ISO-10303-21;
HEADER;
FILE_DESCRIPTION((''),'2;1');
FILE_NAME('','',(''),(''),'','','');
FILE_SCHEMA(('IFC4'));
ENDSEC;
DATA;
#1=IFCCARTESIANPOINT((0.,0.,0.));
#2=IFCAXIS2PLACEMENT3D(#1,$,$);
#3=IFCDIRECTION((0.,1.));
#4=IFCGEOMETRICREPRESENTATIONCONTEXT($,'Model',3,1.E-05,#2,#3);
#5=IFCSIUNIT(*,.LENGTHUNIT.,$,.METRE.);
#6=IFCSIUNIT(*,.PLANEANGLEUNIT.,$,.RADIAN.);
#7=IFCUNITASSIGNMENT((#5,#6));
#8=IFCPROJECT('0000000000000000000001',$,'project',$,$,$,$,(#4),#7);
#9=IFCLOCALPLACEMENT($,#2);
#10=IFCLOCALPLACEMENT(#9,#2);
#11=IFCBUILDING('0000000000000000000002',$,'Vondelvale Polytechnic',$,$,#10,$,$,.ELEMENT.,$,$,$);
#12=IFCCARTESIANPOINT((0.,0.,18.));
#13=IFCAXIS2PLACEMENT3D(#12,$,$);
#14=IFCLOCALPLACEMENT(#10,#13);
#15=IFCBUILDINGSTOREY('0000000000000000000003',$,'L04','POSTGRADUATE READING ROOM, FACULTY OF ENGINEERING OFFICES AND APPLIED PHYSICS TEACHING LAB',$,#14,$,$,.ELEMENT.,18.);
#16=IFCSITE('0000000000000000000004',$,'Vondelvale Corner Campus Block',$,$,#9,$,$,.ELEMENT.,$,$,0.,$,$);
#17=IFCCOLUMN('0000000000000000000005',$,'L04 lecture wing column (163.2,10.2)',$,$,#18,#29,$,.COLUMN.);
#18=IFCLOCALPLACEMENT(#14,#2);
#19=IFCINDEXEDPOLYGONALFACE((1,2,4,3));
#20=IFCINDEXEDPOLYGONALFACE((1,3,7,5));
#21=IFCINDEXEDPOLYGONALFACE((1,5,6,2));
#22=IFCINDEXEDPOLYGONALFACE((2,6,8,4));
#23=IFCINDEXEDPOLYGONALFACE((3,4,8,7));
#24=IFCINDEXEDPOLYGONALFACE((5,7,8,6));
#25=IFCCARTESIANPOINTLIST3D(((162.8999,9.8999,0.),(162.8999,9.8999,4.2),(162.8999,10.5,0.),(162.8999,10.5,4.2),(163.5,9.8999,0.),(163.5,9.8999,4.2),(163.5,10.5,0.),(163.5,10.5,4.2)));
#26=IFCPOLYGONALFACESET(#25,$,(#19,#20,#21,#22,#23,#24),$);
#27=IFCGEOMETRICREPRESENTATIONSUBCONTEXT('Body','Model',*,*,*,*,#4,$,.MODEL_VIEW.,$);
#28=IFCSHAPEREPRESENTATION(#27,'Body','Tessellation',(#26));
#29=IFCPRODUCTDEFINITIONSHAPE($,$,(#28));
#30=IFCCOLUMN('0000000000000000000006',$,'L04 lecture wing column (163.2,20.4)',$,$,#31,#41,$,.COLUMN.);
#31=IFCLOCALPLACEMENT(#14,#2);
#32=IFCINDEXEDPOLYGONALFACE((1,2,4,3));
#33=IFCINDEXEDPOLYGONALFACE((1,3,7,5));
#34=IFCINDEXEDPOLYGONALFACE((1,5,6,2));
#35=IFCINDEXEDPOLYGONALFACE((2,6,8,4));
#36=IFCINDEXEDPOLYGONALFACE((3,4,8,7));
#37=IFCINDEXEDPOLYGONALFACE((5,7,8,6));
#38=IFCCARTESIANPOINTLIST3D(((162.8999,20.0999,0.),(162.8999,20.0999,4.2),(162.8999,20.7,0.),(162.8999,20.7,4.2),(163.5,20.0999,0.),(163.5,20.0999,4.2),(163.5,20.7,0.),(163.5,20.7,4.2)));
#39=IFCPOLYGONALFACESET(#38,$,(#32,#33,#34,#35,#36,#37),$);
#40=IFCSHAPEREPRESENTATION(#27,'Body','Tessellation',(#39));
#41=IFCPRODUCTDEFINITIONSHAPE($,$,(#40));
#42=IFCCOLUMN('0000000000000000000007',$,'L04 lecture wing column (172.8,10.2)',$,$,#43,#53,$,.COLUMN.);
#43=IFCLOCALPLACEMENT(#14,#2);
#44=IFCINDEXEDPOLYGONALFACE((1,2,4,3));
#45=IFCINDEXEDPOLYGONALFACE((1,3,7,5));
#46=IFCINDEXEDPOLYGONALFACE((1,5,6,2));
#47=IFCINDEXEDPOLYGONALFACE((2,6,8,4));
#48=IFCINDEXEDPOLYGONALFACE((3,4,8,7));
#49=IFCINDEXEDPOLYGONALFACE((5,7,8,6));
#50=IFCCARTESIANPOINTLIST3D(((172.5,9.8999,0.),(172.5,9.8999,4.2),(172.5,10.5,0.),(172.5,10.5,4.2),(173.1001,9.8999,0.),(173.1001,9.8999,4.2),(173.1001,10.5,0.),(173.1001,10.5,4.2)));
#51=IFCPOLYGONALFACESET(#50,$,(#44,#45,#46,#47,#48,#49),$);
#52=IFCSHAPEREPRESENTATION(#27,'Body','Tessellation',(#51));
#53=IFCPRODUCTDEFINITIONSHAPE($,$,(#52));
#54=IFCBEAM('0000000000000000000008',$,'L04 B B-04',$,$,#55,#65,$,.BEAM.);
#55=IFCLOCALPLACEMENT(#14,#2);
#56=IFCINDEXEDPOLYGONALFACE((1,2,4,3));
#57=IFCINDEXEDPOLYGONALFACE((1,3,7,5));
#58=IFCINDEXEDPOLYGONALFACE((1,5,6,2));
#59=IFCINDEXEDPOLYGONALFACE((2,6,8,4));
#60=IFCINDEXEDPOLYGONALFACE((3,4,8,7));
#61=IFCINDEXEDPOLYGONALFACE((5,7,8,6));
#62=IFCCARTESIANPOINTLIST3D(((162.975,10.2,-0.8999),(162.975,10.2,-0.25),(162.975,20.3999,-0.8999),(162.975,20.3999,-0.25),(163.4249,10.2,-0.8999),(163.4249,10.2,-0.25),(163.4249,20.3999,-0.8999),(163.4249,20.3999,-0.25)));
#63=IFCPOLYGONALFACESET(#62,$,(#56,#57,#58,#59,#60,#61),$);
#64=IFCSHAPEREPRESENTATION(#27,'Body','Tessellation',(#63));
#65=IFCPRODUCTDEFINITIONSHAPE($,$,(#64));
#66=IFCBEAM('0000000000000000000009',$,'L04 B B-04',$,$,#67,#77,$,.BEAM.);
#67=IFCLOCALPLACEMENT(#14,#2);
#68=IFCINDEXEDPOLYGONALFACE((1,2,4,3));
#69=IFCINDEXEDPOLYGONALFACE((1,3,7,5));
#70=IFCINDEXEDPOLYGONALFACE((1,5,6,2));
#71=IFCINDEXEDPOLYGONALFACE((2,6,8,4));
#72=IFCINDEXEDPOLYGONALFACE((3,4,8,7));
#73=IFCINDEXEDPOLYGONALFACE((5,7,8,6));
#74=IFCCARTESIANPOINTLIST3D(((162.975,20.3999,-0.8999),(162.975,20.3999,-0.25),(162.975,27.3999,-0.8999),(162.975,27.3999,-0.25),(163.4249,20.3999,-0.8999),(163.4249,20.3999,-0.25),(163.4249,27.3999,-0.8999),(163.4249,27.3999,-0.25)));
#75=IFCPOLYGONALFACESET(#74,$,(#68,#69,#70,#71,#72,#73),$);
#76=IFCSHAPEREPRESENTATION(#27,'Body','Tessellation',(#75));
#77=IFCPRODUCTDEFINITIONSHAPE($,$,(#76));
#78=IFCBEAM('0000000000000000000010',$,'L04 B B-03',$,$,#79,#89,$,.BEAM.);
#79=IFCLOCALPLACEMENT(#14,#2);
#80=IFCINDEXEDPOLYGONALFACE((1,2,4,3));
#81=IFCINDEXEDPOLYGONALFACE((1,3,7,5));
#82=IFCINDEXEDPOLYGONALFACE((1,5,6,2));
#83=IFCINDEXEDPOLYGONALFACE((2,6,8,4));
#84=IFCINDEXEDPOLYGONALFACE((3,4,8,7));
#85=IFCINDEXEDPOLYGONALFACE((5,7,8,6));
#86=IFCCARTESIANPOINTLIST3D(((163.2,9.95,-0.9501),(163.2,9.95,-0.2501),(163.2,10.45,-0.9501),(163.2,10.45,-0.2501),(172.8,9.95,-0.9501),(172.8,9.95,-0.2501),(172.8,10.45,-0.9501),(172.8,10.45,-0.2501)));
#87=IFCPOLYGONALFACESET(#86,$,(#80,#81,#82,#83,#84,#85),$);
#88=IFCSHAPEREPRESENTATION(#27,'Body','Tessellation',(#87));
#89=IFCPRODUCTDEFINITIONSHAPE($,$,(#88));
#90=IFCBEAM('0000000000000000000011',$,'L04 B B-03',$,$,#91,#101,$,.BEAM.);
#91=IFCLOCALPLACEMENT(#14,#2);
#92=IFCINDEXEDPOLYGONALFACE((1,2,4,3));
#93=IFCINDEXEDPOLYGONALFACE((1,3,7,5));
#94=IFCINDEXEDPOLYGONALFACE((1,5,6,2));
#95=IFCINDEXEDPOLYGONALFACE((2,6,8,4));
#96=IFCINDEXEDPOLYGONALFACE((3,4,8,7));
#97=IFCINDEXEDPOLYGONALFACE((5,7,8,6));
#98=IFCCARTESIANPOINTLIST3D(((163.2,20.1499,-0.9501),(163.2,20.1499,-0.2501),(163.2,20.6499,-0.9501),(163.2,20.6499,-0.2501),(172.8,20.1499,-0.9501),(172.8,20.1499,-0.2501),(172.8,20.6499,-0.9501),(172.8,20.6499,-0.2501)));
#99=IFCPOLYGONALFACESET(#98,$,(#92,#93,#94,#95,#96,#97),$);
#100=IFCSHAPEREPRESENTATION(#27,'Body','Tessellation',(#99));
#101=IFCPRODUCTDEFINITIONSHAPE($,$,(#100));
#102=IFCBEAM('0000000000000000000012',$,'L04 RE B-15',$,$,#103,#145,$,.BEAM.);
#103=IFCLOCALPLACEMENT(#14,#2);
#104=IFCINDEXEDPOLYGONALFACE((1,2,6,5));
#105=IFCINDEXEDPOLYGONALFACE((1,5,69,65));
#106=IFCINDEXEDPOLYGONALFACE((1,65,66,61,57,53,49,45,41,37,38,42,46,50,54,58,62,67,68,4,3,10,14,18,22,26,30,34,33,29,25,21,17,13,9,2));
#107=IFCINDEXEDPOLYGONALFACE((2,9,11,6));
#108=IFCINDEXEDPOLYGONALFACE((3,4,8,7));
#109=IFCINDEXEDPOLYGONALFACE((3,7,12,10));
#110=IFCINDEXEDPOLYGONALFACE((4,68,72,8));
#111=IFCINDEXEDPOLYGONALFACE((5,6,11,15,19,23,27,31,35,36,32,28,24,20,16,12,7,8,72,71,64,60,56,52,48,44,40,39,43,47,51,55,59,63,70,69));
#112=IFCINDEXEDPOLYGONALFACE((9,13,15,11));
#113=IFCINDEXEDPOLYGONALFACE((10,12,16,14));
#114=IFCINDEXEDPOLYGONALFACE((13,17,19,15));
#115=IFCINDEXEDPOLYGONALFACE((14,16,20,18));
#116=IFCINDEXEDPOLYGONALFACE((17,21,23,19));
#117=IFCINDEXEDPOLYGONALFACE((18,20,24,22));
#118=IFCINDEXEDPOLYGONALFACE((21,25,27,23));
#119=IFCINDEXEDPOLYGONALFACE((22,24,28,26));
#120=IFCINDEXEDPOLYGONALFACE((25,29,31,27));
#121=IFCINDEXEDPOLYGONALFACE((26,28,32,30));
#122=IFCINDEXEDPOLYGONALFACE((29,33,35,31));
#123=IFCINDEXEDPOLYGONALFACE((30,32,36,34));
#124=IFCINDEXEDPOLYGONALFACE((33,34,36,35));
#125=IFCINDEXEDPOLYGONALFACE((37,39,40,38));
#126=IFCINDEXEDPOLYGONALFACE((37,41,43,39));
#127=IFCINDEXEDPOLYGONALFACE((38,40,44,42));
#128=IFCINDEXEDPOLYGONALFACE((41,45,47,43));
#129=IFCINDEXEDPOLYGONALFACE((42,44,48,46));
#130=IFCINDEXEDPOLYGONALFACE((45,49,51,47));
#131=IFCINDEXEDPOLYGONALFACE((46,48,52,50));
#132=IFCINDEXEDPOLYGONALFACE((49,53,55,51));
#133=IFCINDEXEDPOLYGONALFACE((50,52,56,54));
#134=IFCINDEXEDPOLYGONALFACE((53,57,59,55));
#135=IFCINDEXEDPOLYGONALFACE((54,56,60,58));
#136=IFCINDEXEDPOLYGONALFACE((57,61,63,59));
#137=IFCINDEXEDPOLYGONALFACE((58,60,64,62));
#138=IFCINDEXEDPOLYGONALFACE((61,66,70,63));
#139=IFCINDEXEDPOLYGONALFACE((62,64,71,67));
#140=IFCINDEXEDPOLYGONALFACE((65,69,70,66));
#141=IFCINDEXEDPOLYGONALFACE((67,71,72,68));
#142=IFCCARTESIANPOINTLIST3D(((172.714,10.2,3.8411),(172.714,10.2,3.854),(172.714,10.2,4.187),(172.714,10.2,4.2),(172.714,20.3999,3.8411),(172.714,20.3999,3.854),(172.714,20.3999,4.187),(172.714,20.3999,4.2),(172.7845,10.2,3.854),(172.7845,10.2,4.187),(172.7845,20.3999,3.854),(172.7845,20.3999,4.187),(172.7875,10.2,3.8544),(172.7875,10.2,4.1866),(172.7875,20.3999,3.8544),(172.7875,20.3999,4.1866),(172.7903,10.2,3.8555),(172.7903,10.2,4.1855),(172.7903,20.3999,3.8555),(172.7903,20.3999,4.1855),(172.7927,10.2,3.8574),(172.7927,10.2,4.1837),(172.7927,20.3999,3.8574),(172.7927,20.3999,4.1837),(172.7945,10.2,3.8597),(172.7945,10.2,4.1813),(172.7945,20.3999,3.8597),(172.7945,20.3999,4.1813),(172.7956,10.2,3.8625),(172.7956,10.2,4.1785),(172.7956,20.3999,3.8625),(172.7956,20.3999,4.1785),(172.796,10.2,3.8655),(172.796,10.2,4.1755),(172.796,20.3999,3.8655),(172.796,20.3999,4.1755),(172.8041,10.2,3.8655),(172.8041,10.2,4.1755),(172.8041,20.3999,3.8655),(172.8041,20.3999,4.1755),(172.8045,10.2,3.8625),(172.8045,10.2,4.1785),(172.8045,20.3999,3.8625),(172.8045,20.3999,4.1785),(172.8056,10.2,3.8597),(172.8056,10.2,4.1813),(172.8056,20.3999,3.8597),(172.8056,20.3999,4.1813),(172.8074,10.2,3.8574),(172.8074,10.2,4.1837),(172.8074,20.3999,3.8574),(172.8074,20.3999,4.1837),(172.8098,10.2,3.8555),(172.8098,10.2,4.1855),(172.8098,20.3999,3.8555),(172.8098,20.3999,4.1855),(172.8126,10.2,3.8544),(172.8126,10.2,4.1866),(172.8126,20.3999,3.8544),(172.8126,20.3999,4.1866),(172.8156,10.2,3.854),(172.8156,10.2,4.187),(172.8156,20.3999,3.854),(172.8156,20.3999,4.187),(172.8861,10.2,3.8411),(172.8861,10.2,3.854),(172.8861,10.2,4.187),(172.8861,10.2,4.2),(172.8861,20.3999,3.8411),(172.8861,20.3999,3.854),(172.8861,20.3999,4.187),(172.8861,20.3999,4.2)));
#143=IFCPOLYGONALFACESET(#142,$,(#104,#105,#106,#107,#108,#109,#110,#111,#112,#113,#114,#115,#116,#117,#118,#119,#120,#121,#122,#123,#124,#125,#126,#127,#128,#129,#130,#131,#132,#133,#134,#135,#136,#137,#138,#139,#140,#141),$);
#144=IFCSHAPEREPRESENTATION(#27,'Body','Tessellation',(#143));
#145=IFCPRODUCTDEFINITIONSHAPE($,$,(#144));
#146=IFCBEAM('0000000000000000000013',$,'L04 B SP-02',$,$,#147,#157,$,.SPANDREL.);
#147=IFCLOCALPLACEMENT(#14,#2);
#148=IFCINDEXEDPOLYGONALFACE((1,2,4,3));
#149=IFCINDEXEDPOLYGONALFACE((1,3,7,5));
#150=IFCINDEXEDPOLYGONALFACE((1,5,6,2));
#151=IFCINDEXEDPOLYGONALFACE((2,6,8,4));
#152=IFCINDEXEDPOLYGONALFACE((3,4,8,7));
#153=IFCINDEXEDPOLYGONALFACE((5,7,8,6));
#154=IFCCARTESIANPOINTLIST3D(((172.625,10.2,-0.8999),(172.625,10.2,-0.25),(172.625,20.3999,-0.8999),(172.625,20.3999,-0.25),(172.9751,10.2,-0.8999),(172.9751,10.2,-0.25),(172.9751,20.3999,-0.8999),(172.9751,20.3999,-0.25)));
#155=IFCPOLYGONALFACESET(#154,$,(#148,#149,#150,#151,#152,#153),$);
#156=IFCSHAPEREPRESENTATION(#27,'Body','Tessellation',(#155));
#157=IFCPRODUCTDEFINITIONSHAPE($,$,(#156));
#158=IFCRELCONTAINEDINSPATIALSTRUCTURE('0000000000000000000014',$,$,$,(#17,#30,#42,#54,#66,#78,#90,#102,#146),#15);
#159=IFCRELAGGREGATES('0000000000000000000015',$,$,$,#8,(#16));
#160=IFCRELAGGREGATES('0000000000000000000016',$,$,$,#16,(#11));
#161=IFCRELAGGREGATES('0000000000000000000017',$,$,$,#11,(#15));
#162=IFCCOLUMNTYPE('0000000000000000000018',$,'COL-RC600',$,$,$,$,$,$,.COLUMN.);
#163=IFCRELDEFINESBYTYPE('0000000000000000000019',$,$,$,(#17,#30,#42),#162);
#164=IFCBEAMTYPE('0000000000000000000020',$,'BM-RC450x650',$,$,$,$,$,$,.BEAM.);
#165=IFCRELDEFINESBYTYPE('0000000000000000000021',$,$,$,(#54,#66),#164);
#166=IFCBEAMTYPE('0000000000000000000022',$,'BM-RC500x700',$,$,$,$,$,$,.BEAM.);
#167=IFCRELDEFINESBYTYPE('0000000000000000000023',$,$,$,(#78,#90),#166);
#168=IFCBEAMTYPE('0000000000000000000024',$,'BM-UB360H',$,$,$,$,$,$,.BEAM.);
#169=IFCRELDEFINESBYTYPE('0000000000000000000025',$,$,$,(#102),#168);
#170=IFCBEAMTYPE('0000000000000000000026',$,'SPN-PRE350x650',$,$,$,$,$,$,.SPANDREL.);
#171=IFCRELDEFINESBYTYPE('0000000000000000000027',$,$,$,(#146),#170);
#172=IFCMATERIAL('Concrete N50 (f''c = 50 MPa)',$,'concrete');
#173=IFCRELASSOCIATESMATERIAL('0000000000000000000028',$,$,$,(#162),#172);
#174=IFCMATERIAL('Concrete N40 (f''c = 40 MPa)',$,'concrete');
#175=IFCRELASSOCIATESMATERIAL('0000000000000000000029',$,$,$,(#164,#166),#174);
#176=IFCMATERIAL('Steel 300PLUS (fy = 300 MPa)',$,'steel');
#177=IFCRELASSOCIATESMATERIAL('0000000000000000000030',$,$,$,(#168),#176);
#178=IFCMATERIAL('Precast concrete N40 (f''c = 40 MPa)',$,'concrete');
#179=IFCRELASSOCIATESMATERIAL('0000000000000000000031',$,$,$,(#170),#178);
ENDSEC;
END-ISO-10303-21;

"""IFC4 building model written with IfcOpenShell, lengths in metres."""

from ifc_helpers import new_model, si_unit, direction, frame, origin, origin_2d, place, context, subcontext, project, spatial, rectangle, i_section, extrude, material, material_profile, profile_set, type_object, element, save


model = new_model("IFC4")

# Units and contexts
model_context = context("Model", 3, precision=1e-05, world=origin(), true_north=direction((0.0, 1.0)))
body_context = subcontext(model_context, "Body", "Model", "MODEL_VIEW")
ifc_project = project(units=[si_unit("LENGTHUNIT", "METRE"), si_unit("PLANEANGLEUNIT", "RADIAN")], contexts=[model_context])

# Site, building, storey
site_placement = place(None, origin())
site = spatial("IfcSite", under=ifc_project, at=site_placement, Name="Vondelvale Corner Campus Block", CompositionType="ELEMENT", RefElevation=0.0)
building_placement = place(site_placement, origin())
building = spatial("IfcBuilding", under=site, at=building_placement, Name="Vondelvale Polytechnic", CompositionType="ELEMENT")
storey_placement = place(building_placement, frame((0.0, 0.0, 18.0)))
storey = spatial("IfcBuildingStorey", under=building, at=storey_placement, Name="L04", Description="POSTGRADUATE READING ROOM, FACULTY OF ENGINEERING OFFICES AND APPLIED PHYSICS TEACHING LAB", CompositionType="ELEMENT", Elevation=18.0)

# Columns
ifc_material_1 = material(Name="Concrete N50 (f'c = 50 MPa)", Category="concrete")
ifc_material_profile_1 = material_profile(ifc_material_1, rectangle(XDim=0.6001, YDim=0.6001, at=origin_2d()), Name="RC-COL-600x600")
ifc_profile_set_1 = profile_set([ifc_material_profile_1], Name="Concrete N50 (f'c = 50 MPa)")
column_type = type_object("IfcColumnType", Name="COL-RC600", PredefinedType="COLUMN", material=ifc_profile_set_1)
for number, where, z_axis, x_axis, name in (
    (1, (163.2, 10.2, 0.0), (0.0, 0.0, 1.0), (1.0, 0.0, 0.0), "L04 lecture wing column (163.2,10.2)"),
    (2, (163.2, 20.3999, 0.0), (0.0, 0.0, 1.0), (1.0, 0.0, 0.0), "L04 lecture wing column (163.2,20.4)"),
    (3, (172.8, 10.2, 0.0), (0.0, 0.0, 1.0), (1.0, 0.0, 0.0), "L04 lecture wing column (172.8,10.2)"),
):
    element("IfcColumn", number, at=place(storey_placement, frame(where, z_axis=z_axis, x_axis=x_axis)), inside=storey, type_object=column_type, Name=name, PredefinedType="COLUMN", context=body_context, shape_type="SweptSolid", body=[
        extrude(rectangle(XDim=0.6001, YDim=0.6001, at=origin_2d()), origin(), (0.0, 0.0, 1.0), 4.2),
    ])

# Beams
ifc_material_2 = material(Name="Concrete N40 (f'c = 40 MPa)", Category="concrete")
ifc_material_profile_2 = material_profile(ifc_material_2, rectangle(XDim=0.45, YDim=0.6499, at=origin_2d()), Name="RC-BM-450x650")
ifc_profile_set_2 = profile_set([ifc_material_profile_2], Name="Concrete N40 (f'c = 40 MPa)")
beam_type_1 = type_object("IfcBeamType", Name="BM-RC450x650", PredefinedType="BEAM", material=ifc_profile_set_2)
beam_1_placement = place(storey_placement, frame((163.2, 10.2, -0.575), z_axis=(0.0, 1.0, 0.0), x_axis=(-1.0, 0.0, 0.0)))
element("IfcBeam", 4, at=beam_1_placement, inside=storey, type_object=beam_type_1, Name="L04 B B-04", PredefinedType="BEAM", context=body_context, shape_type="SweptSolid", body=[
    extrude(rectangle(XDim=0.45, YDim=0.6499, at=origin_2d()), origin(), (0.0, 0.0, 1.0), 10.2),
])
beam_2_placement = place(storey_placement, frame((163.2, 20.3999, -0.575), z_axis=(0.0, 1.0, 0.0), x_axis=(-1.0, 0.0, 0.0)))
element("IfcBeam", 5, at=beam_2_placement, inside=storey, type_object=beam_type_1, Name="L04 B B-04", PredefinedType="BEAM", context=body_context, shape_type="SweptSolid", body=[
    extrude(rectangle(XDim=0.45, YDim=0.6499, at=origin_2d()), origin(), (0.0, 0.0, 1.0), 7.0),
])
ifc_material_profile_3 = material_profile(ifc_material_2, rectangle(XDim=0.5, YDim=0.7, at=origin_2d()), Name="RC-BM-500x700")
ifc_profile_set_3 = profile_set([ifc_material_profile_3], Name="Concrete N40 (f'c = 40 MPa)")
beam_type_2 = type_object("IfcBeamType", Name="BM-RC500x700", PredefinedType="BEAM", material=ifc_profile_set_3)
for number, where, z_axis, x_axis, name in (
    (6, (163.2, 10.2, -0.6001), (1.0, 0.0, 0.0), (0.0, 1.0, 0.0), "L04 B B-03"),
    (7, (163.2, 20.3999, -0.6001), (1.0, 0.0, 0.0), (0.0, 1.0, 0.0), "L04 B B-03"),
):
    element("IfcBeam", number, at=place(storey_placement, frame(where, z_axis=z_axis, x_axis=x_axis)), inside=storey, type_object=beam_type_2, Name=name, PredefinedType="BEAM", context=body_context, shape_type="SweptSolid", body=[
        extrude(rectangle(XDim=0.5, YDim=0.7, at=origin_2d()), origin(), (0.0, 0.0, 1.0), 9.6001),
    ])
ifc_material_3 = material(Name="Steel 300PLUS (fy = 300 MPa)", Category="steel")
ifc_material_profile_4 = material_profile(ifc_material_3, i_section(OverallWidth=0.1721, OverallDepth=0.3589, WebThickness=0.0081, FlangeThickness=0.0129, FilletRadius=0.0115, at=origin_2d()), Name="360UB56.7")
ifc_profile_set_4 = profile_set([ifc_material_profile_4], Name="Steel 300PLUS (fy = 300 MPa)")
beam_type_3 = type_object("IfcBeamType", Name="BM-UB360H", PredefinedType="BEAM", material=ifc_profile_set_4)
beam_3_placement = place(storey_placement, frame((172.8, 10.2, 4.0205), z_axis=(0.0, 1.0, 0.0), x_axis=(-1.0, 0.0, 0.0)))
element("IfcBeam", 8, at=beam_3_placement, inside=storey, type_object=beam_type_3, Name="L04 RE B-15", PredefinedType="BEAM", context=body_context, shape_type="SweptSolid", body=[
    extrude(i_section(OverallWidth=0.1721, OverallDepth=0.3589, WebThickness=0.0081, FlangeThickness=0.0129, FilletRadius=0.0115, at=origin_2d()), origin(), (0.0, 0.0, 1.0), 10.2),
])
ifc_material_4 = material(Name="Precast concrete N40 (f'c = 40 MPa)", Category="concrete")
ifc_material_profile_5 = material_profile(ifc_material_4, rectangle(XDim=0.3501, YDim=0.6499, at=origin_2d()), Name="RC-SPN-350x650")
ifc_profile_set_5 = profile_set([ifc_material_profile_5], Name="Precast concrete N40 (f'c = 40 MPa)")
beam_type_4 = type_object("IfcBeamType", Name="SPN-PRE350x650", PredefinedType="SPANDREL", material=ifc_profile_set_5)
beam_4_placement = place(storey_placement, frame((172.8, 10.2, -0.575), z_axis=(0.0, 1.0, 0.0), x_axis=(-1.0, 0.0, 0.0)))
element("IfcBeam", 9, at=beam_4_placement, inside=storey, type_object=beam_type_4, Name="L04 B SP-02", PredefinedType="SPANDREL", context=body_context, shape_type="SweptSolid", body=[
    extrude(rectangle(XDim=0.3501, YDim=0.6499, at=origin_2d()), origin(), (0.0, 0.0, 1.0), 10.2),
])

save(model, "model.ifc")
